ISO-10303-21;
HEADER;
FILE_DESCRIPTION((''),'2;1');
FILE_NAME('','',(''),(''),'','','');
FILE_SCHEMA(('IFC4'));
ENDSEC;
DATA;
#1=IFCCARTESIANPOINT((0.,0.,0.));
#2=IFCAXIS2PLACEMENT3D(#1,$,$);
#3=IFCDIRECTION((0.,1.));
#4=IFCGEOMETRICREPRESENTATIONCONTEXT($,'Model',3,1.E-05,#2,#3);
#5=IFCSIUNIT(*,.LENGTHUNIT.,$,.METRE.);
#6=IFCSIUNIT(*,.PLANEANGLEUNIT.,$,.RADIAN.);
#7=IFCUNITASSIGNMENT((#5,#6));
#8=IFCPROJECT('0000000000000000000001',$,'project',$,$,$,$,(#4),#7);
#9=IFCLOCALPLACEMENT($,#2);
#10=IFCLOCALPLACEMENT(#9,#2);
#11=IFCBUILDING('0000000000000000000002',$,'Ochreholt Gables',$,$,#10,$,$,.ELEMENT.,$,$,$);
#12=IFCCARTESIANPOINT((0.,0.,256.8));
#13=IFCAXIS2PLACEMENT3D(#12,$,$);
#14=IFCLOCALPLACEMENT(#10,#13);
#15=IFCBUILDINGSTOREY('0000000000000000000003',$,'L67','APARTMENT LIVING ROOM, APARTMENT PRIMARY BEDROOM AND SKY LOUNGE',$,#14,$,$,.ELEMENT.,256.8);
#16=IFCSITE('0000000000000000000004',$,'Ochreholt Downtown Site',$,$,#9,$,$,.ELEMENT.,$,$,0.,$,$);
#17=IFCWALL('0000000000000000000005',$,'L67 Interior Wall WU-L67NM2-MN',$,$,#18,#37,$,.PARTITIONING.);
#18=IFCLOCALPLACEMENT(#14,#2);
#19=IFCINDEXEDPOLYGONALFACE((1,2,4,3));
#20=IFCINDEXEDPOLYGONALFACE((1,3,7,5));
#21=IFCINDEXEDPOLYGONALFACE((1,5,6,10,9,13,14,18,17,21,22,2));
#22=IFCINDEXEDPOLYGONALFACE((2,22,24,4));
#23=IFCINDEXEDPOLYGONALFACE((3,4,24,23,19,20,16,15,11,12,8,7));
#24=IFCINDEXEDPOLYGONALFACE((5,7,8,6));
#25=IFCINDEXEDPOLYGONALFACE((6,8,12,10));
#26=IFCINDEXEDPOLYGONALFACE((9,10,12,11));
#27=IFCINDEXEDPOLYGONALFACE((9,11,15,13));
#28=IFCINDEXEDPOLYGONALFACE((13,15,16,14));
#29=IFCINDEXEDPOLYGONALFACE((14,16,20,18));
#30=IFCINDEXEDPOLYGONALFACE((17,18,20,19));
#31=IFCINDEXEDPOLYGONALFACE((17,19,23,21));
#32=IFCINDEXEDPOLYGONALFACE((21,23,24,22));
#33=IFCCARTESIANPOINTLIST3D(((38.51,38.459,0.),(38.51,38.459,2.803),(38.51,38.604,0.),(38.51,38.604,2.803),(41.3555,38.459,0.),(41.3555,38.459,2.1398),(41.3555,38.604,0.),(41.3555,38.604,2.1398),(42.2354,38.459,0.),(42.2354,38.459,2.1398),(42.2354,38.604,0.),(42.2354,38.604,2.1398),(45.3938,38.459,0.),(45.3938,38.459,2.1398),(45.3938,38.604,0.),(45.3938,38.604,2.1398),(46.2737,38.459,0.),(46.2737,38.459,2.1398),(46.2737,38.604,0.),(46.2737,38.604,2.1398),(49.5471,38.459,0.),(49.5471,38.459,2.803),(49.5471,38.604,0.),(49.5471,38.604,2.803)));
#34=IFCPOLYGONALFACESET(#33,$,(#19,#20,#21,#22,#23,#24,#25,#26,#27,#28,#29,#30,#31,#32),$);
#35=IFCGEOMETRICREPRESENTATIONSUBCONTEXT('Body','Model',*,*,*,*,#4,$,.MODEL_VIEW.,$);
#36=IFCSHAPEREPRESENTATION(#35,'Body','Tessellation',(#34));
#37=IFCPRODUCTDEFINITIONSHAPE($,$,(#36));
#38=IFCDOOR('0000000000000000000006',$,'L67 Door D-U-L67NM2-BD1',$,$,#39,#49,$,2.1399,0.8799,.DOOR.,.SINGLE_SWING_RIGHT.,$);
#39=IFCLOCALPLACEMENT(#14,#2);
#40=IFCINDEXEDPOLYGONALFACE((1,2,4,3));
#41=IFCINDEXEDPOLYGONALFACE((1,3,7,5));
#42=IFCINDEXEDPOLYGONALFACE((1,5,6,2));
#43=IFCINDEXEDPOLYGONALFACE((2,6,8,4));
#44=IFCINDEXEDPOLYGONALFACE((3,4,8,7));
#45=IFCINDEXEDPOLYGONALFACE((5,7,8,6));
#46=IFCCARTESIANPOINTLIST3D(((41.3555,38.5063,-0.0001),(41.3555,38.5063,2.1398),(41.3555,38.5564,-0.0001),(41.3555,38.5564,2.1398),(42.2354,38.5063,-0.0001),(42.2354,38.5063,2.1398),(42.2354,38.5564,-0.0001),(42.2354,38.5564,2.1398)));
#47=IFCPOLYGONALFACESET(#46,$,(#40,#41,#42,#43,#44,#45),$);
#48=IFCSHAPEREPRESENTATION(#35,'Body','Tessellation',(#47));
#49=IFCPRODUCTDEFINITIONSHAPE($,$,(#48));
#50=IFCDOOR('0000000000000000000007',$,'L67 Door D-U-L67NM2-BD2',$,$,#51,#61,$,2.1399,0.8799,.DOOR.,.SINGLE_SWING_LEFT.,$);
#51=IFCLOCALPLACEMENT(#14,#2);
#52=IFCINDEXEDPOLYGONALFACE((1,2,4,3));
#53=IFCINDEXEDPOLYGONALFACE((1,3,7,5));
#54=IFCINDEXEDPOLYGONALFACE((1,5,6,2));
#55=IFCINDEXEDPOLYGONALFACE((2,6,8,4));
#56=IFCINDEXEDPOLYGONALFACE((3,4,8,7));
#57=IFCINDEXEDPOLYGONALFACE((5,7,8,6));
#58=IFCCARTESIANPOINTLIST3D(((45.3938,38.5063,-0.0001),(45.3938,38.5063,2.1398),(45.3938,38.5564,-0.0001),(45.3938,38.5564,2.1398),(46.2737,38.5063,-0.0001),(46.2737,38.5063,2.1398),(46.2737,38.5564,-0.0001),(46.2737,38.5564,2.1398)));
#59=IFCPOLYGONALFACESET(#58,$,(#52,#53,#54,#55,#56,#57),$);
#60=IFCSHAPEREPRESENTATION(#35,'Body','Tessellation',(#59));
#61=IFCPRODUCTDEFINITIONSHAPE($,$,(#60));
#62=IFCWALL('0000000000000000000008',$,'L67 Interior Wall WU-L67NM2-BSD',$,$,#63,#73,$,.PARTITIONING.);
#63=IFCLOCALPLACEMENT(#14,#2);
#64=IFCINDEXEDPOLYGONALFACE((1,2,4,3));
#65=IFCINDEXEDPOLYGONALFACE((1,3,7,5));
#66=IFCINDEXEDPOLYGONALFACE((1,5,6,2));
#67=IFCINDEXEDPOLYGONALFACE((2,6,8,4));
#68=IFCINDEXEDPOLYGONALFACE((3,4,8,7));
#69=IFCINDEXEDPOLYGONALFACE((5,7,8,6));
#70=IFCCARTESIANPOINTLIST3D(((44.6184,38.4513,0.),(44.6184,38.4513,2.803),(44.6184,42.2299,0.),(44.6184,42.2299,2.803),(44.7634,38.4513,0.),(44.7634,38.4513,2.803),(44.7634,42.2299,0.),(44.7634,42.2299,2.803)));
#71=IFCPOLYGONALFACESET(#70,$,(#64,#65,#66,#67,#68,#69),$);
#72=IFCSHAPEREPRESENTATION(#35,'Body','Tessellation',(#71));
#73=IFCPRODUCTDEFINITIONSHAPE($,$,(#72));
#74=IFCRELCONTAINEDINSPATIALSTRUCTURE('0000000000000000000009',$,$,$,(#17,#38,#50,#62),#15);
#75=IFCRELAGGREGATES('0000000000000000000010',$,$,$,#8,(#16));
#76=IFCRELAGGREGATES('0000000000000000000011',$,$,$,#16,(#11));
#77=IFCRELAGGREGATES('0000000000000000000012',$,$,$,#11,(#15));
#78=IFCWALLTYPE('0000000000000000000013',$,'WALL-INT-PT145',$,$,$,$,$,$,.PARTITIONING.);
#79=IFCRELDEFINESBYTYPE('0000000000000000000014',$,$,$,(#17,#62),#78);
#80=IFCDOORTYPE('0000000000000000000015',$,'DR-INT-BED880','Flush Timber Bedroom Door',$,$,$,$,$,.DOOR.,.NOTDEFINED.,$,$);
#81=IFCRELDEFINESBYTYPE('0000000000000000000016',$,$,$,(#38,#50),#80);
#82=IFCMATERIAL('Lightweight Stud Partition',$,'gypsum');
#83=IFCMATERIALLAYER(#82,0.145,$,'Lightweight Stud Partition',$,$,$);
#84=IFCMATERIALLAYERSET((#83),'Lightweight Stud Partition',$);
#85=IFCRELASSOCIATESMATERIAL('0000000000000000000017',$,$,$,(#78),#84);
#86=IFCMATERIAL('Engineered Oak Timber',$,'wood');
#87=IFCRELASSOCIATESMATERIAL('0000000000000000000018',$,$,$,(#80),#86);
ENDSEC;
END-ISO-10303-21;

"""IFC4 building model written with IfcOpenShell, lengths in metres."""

from ifc_helpers import new_model, si_unit, direction, frame, frame_2d, origin, place, context, subcontext, project, spatial, rectangle, extrude, material, layer, layer_set, type_object, element, fill, save


model = new_model("IFC4")

# Units and contexts
model_context = context("Model", 3, precision=1e-05, world=origin(), true_north=direction((0.0, 1.0)))
body_context = subcontext(model_context, "Body", "Model", "MODEL_VIEW")
ifc_project = project(units=[si_unit("LENGTHUNIT", "METRE"), si_unit("PLANEANGLEUNIT", "RADIAN")], contexts=[model_context])

# Site, building, storey
site_placement = place(None, origin())
site = spatial("IfcSite", under=ifc_project, at=site_placement, Name="Ochreholt Downtown Site", CompositionType="ELEMENT", RefElevation=0.0)
building_placement = place(site_placement, origin())
building = spatial("IfcBuilding", under=site, at=building_placement, Name="Ochreholt Gables", CompositionType="ELEMENT")
storey_placement = place(building_placement, frame((0.0, 0.0, 256.8)))
storey = spatial("IfcBuildingStorey", under=building, at=storey_placement, Name="L67", Description="APARTMENT LIVING ROOM, APARTMENT PRIMARY BEDROOM AND SKY LOUNGE", CompositionType="ELEMENT", Elevation=256.8)

# Shared definitions
ifc_material_1 = material(Name="Engineered Oak Timber", Category="wood")

# Shared definitions
ifc_material_2 = material(Name="Lightweight Stud Partition", Category="gypsum")
ifc_layer_1 = layer(ifc_material_2, 0.145, Name="Lightweight Stud Partition")
ifc_layer_set_1 = layer_set([ifc_layer_1], Name="Lightweight Stud Partition")
wall_type_1 = type_object("IfcWallType", Name="WALL-INT-PT145", PredefinedType="PARTITIONING", material=ifc_layer_set_1)

# Wall, openings, doors
wall_1_placement = place(storey_placement, frame((38.51, 38.5315, 0.0), z_axis=(0.0, 0.0, 1.0), x_axis=(1.0, 0.0, 0.0)))
wall_1 = element("IfcWall", 1, at=wall_1_placement, inside=storey, type_object=wall_type_1, Name="L67 Interior Wall WU-L67NM2-MN", PredefinedType="PARTITIONING", context=body_context, shape_type="SweptSolid", body=[
    extrude(rectangle(XDim=11.0371, YDim=0.145, at=frame_2d((5.5186, 0.0))), origin(), (0.0, 0.0, 1.0), 2.803),
])
opening_1_placement = place(wall_1_placement, frame((2.8455, 0.0, 0.0)))
opening_1 = element("IfcOpeningElement", 2, at=opening_1_placement, cuts=wall_1, PredefinedType="OPENING", context=body_context, shape_type="SweptSolid", body=[
    extrude(rectangle(XDim=0.8799, YDim=2.1399, at=frame_2d((0.4399, 1.0698))), frame((0.0, 0.0825, 0.0), z_axis=(0.0, -1.0, 0.0), x_axis=(1.0, 0.0, 0.0)), (0.0, 0.0, 1.0), 0.165),
])
opening_2_placement = place(wall_1_placement, frame((6.8838, 0.0, 0.0)))
opening_2 = element("IfcOpeningElement", 3, at=opening_2_placement, cuts=wall_1, PredefinedType="OPENING", context=body_context, shape_type="SweptSolid", body=[
    extrude(rectangle(XDim=0.8799, YDim=2.1399, at=frame_2d((0.4399, 1.0698))), frame((0.0, 0.0825, 0.0), z_axis=(0.0, -1.0, 0.0), x_axis=(1.0, 0.0, 0.0)), (0.0, 0.0, 1.0), 0.165),
])
door_type_1 = type_object("IfcDoorType", Name="DR-INT-BED880", Description="Flush Timber Bedroom Door", OperationType="NOTDEFINED", PredefinedType="DOOR", material=ifc_material_1)
door_1_placement = place(opening_1_placement, origin())
door_1 = element("IfcDoor", 4, at=door_1_placement, inside=storey, type_object=door_type_1, Name="L67 Door D-U-L67NM2-BD1", OperationType="SINGLE_SWING_RIGHT", OverallHeight=2.1399, OverallWidth=0.8799, PredefinedType="DOOR", context=body_context, shape_type="SweptSolid", body=[
    extrude(rectangle(XDim=0.8799, YDim=2.1399, at=frame_2d((0.4399, 1.0698))), frame((0.0, 0.0249, 0.0), z_axis=(0.0, -1.0, 0.0), x_axis=(1.0, 0.0, 0.0)), (0.0, 0.0, 1.0), 0.05),
])
fill(opening_1, door_1)
door_2_placement = place(opening_2_placement, origin())
door_2 = element("IfcDoor", 5, at=door_2_placement, inside=storey, type_object=door_type_1, Name="L67 Door D-U-L67NM2-BD2", OperationType="SINGLE_SWING_LEFT", OverallHeight=2.1399, OverallWidth=0.8799, PredefinedType="DOOR", context=body_context, shape_type="SweptSolid", body=[
    extrude(rectangle(XDim=0.8799, YDim=2.1399, at=frame_2d((0.4399, 1.0698))), frame((0.0, 0.0249, 0.0), z_axis=(0.0, -1.0, 0.0), x_axis=(1.0, 0.0, 0.0)), (0.0, 0.0, 1.0), 0.05),
])
fill(opening_2, door_2)

# Wall
wall_2_placement = place(storey_placement, frame((44.6909, 38.4514, 0.0), z_axis=(0.0, 0.0, 1.0), x_axis=(0.0, 1.0, 0.0)))
element("IfcWall", 6, at=wall_2_placement, inside=storey, type_object=wall_type_1, Name="L67 Interior Wall WU-L67NM2-BSD", PredefinedType="PARTITIONING", context=body_context, shape_type="SweptSolid", body=[
    extrude(rectangle(XDim=3.7786, YDim=0.145, at=frame_2d((1.8892, 0.0))), origin(), (0.0, 0.0, 1.0), 2.803),
])

save(model, "model.ifc")
